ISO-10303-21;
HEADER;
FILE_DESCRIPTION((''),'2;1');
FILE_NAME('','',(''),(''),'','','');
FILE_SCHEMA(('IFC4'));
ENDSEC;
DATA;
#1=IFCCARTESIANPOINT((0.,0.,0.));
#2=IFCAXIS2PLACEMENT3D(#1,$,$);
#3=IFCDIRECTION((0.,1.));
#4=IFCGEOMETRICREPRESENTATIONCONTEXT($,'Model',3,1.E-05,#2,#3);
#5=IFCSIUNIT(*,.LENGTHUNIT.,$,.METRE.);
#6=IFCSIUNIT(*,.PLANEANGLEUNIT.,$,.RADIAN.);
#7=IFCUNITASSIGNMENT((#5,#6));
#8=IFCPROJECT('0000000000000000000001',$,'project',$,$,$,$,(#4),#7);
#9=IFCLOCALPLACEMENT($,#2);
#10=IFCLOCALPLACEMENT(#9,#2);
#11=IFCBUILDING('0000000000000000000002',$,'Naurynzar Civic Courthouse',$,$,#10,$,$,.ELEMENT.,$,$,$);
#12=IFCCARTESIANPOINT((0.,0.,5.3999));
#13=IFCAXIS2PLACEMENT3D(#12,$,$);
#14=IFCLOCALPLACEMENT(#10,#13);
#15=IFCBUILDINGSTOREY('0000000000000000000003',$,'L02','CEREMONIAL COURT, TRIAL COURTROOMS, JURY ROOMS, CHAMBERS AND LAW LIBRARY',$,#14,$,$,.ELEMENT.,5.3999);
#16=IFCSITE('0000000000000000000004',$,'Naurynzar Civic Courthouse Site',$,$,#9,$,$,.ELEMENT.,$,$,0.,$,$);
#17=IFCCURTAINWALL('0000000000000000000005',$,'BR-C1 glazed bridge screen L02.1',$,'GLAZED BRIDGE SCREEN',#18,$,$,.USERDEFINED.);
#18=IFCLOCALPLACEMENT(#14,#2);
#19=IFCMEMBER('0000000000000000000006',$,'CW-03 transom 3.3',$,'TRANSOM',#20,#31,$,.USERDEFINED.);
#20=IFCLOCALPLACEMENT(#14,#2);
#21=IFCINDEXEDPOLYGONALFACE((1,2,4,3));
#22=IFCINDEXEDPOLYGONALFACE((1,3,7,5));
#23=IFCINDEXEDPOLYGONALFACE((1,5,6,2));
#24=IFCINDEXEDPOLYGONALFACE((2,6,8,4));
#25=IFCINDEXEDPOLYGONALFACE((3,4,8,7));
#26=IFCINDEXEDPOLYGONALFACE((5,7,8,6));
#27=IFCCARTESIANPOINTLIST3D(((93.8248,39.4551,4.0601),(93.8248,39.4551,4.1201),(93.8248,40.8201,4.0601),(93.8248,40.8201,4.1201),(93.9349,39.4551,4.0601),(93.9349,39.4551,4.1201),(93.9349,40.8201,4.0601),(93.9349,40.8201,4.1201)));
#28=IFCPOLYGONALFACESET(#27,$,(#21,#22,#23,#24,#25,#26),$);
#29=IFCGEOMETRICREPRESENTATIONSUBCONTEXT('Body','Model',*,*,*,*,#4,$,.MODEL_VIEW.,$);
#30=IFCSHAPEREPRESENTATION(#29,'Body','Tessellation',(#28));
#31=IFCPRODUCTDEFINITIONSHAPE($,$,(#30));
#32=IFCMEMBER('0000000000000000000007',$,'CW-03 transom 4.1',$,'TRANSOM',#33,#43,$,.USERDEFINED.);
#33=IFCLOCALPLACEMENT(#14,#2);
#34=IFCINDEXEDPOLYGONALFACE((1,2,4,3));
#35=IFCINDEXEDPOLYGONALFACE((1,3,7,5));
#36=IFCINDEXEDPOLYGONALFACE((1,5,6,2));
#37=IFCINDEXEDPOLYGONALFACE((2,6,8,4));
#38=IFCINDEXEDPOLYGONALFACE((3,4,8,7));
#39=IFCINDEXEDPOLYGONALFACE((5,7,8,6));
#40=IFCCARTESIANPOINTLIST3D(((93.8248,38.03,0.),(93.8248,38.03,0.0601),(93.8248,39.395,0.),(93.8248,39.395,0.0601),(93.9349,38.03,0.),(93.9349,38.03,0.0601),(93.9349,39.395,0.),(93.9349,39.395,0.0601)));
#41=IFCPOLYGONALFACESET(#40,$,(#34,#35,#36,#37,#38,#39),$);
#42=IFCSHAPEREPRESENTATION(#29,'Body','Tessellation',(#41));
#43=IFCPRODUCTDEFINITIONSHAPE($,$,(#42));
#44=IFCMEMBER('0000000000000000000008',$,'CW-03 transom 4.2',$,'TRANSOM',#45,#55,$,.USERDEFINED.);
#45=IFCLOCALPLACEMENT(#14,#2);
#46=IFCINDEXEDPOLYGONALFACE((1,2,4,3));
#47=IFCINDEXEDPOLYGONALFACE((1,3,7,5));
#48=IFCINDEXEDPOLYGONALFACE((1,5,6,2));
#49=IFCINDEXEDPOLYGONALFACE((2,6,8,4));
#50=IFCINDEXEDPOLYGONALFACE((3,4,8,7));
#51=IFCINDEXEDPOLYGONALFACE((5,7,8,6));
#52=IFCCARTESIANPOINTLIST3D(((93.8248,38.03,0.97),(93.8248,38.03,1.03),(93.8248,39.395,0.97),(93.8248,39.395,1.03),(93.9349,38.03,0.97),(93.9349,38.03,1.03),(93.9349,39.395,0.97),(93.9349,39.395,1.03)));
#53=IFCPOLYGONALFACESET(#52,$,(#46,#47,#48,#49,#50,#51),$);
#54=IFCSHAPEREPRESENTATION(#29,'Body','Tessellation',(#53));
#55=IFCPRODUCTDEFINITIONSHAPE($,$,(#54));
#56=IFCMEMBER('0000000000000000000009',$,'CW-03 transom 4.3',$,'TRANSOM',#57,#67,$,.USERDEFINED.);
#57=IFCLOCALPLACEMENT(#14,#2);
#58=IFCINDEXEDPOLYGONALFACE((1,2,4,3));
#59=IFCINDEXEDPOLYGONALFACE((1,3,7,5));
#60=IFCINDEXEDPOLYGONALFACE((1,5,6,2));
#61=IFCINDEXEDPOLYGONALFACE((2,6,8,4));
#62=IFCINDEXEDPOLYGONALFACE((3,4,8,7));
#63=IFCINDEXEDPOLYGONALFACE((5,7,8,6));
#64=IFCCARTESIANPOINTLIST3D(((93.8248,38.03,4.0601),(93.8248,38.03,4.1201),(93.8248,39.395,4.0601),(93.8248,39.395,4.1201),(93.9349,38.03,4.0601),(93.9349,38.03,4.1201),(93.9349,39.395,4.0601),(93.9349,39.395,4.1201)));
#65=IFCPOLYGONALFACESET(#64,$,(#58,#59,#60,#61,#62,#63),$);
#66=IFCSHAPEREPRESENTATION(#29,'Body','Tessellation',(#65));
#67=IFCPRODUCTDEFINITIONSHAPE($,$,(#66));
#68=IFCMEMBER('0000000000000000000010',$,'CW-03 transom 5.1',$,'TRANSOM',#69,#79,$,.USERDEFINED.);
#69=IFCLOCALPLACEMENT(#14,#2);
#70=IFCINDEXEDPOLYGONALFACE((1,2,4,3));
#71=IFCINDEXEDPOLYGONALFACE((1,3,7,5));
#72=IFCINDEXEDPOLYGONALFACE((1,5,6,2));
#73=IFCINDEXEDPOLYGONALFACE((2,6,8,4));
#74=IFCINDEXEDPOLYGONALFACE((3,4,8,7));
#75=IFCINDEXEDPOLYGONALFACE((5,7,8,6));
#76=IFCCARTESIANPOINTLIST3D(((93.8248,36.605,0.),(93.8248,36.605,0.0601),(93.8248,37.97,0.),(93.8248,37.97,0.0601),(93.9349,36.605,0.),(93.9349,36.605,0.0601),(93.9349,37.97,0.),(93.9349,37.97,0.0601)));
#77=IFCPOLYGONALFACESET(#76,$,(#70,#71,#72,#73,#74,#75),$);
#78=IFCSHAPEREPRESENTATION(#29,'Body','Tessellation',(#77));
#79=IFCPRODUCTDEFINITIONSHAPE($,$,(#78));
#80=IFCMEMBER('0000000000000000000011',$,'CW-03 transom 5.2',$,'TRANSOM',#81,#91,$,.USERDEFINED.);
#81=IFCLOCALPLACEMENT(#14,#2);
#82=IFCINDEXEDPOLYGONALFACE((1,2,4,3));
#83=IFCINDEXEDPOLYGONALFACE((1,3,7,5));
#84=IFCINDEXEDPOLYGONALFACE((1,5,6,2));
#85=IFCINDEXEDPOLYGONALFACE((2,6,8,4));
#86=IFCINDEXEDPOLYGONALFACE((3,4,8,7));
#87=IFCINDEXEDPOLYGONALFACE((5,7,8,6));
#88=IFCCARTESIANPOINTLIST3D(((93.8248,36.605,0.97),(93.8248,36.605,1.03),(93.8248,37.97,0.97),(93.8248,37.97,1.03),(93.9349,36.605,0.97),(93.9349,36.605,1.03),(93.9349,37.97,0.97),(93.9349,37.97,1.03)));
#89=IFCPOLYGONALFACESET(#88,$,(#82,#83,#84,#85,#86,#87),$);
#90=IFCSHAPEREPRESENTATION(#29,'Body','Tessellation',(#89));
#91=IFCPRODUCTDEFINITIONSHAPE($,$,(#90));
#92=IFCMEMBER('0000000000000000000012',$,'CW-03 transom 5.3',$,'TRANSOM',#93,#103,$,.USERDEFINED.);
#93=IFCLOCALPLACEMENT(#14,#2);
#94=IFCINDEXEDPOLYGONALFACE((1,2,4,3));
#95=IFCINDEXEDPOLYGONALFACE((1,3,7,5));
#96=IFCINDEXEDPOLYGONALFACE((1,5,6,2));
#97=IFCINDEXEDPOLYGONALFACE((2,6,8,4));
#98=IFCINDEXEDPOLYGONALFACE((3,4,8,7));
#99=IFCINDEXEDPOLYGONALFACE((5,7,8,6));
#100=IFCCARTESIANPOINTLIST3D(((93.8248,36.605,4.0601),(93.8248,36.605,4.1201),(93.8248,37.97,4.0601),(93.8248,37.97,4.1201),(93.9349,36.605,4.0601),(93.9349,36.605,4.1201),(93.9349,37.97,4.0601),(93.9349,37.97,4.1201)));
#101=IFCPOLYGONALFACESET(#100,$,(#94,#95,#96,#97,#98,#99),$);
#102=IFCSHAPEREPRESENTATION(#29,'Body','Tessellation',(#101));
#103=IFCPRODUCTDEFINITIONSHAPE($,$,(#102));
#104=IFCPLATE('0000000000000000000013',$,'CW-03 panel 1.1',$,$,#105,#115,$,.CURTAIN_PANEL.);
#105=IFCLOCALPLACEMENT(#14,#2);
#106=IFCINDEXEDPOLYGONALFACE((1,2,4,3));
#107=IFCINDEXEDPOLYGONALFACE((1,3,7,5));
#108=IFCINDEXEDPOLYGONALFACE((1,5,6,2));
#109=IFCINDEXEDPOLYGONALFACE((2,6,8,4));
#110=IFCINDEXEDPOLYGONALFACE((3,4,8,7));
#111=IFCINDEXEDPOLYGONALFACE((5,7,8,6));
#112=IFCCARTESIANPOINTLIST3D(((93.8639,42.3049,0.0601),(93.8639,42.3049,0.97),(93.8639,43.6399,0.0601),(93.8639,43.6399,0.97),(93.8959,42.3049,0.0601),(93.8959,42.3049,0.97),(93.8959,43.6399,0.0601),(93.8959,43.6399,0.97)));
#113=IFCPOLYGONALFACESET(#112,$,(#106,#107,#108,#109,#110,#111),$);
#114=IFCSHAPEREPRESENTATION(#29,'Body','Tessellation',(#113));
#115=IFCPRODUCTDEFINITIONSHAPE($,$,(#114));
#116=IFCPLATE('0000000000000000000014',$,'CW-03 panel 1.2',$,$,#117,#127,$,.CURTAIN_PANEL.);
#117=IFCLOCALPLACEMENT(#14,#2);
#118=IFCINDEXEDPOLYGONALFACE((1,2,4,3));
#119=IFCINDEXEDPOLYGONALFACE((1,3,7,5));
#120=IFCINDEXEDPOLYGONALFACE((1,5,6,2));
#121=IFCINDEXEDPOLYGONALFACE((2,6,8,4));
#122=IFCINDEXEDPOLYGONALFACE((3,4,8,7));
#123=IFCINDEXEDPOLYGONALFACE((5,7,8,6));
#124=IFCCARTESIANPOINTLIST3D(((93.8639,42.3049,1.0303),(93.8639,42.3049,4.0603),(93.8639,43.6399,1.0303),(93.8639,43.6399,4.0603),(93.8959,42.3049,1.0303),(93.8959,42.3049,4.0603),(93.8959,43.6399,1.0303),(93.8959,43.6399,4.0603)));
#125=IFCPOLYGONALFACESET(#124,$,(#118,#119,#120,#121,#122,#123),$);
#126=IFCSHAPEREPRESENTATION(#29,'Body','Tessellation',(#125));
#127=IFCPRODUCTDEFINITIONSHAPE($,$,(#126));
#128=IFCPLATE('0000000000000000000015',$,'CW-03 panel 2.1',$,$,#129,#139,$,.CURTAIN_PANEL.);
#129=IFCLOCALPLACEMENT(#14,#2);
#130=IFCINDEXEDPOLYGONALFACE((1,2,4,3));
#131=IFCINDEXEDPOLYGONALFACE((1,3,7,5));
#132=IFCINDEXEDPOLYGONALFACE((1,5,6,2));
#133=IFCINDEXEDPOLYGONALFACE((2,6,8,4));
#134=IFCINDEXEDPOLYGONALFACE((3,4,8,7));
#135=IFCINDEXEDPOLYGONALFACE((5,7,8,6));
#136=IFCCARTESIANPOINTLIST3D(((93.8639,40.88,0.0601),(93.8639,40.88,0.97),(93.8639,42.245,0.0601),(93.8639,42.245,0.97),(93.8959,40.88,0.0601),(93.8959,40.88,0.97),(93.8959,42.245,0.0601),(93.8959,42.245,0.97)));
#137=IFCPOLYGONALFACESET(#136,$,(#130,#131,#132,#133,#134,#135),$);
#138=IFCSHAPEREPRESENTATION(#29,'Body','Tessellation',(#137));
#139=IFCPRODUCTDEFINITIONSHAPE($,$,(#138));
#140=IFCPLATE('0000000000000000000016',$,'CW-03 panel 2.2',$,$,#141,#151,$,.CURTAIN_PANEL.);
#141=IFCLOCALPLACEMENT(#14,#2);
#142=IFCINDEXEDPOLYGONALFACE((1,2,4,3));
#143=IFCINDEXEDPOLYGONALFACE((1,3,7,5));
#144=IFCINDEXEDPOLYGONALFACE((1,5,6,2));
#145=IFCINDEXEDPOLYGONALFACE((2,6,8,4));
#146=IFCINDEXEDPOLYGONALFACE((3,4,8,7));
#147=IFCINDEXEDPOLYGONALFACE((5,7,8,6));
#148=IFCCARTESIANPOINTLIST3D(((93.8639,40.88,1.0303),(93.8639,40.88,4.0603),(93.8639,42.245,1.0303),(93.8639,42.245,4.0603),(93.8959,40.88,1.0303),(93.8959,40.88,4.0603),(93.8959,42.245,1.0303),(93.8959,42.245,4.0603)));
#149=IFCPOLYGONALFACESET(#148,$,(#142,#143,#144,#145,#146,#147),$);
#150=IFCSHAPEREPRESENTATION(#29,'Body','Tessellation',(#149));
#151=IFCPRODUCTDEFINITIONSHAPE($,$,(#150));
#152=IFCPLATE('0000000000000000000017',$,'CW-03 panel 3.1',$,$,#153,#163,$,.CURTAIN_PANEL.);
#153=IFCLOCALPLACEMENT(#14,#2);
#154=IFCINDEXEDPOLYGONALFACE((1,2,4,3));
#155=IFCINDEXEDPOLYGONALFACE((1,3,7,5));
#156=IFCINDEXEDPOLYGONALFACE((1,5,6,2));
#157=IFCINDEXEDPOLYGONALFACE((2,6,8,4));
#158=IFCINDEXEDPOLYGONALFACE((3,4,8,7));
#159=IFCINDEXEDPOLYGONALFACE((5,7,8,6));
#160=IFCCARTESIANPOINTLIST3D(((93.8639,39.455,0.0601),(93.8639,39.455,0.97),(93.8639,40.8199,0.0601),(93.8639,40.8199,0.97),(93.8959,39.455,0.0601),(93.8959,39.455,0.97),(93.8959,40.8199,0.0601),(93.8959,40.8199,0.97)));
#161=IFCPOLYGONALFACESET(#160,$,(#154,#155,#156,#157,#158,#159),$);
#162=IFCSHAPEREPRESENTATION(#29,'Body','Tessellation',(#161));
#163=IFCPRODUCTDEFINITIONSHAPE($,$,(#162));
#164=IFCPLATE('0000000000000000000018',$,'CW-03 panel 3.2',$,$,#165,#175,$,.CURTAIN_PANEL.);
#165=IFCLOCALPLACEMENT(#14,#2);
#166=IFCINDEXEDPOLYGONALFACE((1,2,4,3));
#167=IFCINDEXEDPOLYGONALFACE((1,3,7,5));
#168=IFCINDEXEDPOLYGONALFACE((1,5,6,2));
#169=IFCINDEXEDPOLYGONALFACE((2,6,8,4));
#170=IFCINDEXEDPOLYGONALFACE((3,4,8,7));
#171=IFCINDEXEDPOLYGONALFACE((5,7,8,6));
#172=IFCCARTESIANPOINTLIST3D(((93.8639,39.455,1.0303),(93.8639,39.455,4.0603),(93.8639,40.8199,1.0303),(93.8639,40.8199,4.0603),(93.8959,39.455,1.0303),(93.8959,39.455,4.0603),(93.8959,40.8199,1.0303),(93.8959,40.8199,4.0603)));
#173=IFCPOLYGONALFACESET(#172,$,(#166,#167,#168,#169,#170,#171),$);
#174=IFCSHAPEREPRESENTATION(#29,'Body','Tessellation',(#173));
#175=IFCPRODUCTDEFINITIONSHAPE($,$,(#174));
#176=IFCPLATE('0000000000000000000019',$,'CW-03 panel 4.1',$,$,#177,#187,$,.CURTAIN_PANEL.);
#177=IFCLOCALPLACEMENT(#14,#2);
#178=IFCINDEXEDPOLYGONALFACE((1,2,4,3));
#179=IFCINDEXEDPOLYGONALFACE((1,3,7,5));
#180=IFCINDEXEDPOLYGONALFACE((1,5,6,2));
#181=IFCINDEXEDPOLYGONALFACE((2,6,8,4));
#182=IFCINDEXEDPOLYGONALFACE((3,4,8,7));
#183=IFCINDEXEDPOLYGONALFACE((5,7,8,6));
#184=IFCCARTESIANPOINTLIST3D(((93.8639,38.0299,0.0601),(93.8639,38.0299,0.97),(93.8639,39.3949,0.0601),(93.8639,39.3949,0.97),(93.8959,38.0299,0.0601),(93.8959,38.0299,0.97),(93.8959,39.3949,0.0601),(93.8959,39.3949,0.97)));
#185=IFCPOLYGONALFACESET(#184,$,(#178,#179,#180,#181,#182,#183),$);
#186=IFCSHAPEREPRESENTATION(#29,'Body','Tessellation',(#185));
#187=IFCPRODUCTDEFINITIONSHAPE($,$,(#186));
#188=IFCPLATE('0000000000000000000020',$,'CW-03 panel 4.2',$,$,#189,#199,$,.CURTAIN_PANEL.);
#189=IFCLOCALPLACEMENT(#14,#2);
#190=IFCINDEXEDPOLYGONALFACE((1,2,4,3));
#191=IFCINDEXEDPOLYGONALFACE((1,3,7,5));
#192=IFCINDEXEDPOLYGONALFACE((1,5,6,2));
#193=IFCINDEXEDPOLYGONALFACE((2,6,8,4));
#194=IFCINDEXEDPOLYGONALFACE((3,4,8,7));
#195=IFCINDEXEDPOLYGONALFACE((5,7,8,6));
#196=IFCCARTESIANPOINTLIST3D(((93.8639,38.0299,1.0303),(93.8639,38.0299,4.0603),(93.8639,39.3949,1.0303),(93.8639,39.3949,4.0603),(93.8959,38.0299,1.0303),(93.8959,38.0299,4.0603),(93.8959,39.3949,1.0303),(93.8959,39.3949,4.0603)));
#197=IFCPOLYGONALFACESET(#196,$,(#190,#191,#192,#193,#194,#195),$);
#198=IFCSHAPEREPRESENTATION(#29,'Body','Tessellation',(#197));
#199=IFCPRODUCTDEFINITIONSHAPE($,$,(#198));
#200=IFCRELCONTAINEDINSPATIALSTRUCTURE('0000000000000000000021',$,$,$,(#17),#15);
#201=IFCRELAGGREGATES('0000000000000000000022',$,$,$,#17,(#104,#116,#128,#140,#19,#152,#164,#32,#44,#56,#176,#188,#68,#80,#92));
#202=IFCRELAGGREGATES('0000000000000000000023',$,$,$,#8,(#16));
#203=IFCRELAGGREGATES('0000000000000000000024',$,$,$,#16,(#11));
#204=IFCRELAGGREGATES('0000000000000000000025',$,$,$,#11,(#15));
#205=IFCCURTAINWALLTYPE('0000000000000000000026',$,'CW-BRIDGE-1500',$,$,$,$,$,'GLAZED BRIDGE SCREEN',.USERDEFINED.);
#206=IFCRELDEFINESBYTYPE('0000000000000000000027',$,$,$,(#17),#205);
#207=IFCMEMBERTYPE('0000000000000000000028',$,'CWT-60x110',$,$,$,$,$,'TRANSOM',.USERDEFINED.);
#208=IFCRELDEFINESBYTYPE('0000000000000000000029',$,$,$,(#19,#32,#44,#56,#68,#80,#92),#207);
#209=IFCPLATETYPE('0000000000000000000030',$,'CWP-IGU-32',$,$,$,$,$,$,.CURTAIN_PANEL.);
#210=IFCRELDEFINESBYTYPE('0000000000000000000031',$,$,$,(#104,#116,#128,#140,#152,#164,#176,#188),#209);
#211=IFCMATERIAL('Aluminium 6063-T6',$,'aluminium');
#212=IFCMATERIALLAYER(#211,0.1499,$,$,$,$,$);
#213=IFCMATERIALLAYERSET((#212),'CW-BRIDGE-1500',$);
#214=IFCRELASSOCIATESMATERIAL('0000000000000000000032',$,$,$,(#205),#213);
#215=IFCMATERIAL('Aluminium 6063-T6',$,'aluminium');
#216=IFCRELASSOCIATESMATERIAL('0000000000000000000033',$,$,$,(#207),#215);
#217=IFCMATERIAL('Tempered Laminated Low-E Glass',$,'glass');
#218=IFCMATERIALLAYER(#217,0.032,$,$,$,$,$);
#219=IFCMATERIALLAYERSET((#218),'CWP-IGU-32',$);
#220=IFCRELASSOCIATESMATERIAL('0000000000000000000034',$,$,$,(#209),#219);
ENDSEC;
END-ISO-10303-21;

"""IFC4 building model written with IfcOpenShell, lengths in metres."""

from ifc_helpers import new_model, si_unit, direction, frame, origin, origin_2d, place, context, subcontext, project, spatial, rectangle, extrude, material, layer, layer_set, material_profile, profile_set, type_object, element, aggregate, save


model = new_model("IFC4")

# Units and contexts
model_context = context("Model", 3, precision=1e-05, world=origin(), true_north=direction((0.0, 1.0)))
body_context = subcontext(model_context, "Body", "Model", "MODEL_VIEW")
ifc_project = project(units=[si_unit("LENGTHUNIT", "METRE"), si_unit("PLANEANGLEUNIT", "RADIAN")], contexts=[model_context])

# Site, building, storey
site_placement = place(None, origin())
site = spatial("IfcSite", under=ifc_project, at=site_placement, Name="Naurynzar Civic Courthouse Site", CompositionType="ELEMENT", RefElevation=0.0)
building_placement = place(site_placement, origin())
building = spatial("IfcBuilding", under=site, at=building_placement, Name="Naurynzar Civic Courthouse", CompositionType="ELEMENT")
storey_placement = place(building_placement, frame((0.0, 0.0, 5.3999)))
storey = spatial("IfcBuildingStorey", under=building, at=storey_placement, Name="L02", Description="CEREMONIAL COURT, TRIAL COURTROOMS, JURY ROOMS, CHAMBERS AND LAW LIBRARY", CompositionType="ELEMENT", Elevation=5.3999)

# Curtain wall, members, plates
ifc_material_1 = material(Name="Aluminium 6063-T6", Category="aluminium")
ifc_layer_1 = layer(ifc_material_1, 0.1499)
ifc_layer_set_1 = layer_set([ifc_layer_1], Name="CW-BRIDGE-1500")
curtain_wall_type = type_object("IfcCurtainWallType", Name="CW-BRIDGE-1500", ElementType="GLAZED BRIDGE SCREEN", PredefinedType="USERDEFINED", material=ifc_layer_set_1)
curtain_wall_placement = place(storey_placement, origin())
curtain_wall = element("IfcCurtainWall", 1, at=curtain_wall_placement, inside=storey, type_object=curtain_wall_type, Name="BR-C1 glazed bridge screen L02.1", ObjectType="GLAZED BRIDGE SCREEN", PredefinedType="USERDEFINED")
ifc_material_2 = material(Name="Aluminium 6063-T6", Category="aluminium")
ifc_material_profile_1 = material_profile(ifc_material_2, rectangle(XDim=0.1101, YDim=0.0601, at=origin_2d()), Name="ALU TRANSOM 60x110")
ifc_profile_set_1 = profile_set([ifc_material_profile_1], Name="Aluminium 6063-T6")
member_type_1 = type_object("IfcMemberType", Name="CWT-60x110", ElementType="TRANSOM", PredefinedType="USERDEFINED", material=ifc_profile_set_1)
member_1_placement = place(storey_placement, frame((93.8799, 40.8201, 4.0901), z_axis=(0.0, -1.0, 0.0), x_axis=(1.0, 0.0, 0.0)))
member_1 = element("IfcMember", 2, at=member_1_placement, type_object=member_type_1, Name="CW-03 transom 3.3", ObjectType="TRANSOM", PredefinedType="USERDEFINED", context=body_context, shape_type="SweptSolid", body=[
    extrude(rectangle(XDim=0.1101, YDim=0.0601, at=origin_2d()), origin(), (0.0, 0.0, 1.0), 1.365),
])
member_2_placement = place(storey_placement, frame((93.8799, 39.395, 0.03), z_axis=(0.0, -1.0, 0.0), x_axis=(1.0, 0.0, 0.0)))
member_2 = element("IfcMember", 3, at=member_2_placement, type_object=member_type_1, Name="CW-03 transom 4.1", ObjectType="TRANSOM", PredefinedType="USERDEFINED", context=body_context, shape_type="SweptSolid", body=[
    extrude(rectangle(XDim=0.1101, YDim=0.0601, at=origin_2d()), origin(), (0.0, 0.0, 1.0), 1.365),
])
member_3_placement = place(storey_placement, frame((93.8799, 39.395, 1.0), z_axis=(0.0, -1.0, 0.0), x_axis=(1.0, 0.0, 0.0)))
member_3 = element("IfcMember", 4, at=member_3_placement, type_object=member_type_1, Name="CW-03 transom 4.2", ObjectType="TRANSOM", PredefinedType="USERDEFINED", context=body_context, shape_type="SweptSolid", body=[
    extrude(rectangle(XDim=0.1101, YDim=0.0601, at=origin_2d()), origin(), (0.0, 0.0, 1.0), 1.365),
])
member_4_placement = place(storey_placement, frame((93.8799, 39.395, 4.0901), z_axis=(0.0, -1.0, 0.0), x_axis=(1.0, 0.0, 0.0)))
member_4 = element("IfcMember", 5, at=member_4_placement, type_object=member_type_1, Name="CW-03 transom 4.3", ObjectType="TRANSOM", PredefinedType="USERDEFINED", context=body_context, shape_type="SweptSolid", body=[
    extrude(rectangle(XDim=0.1101, YDim=0.0601, at=origin_2d()), origin(), (0.0, 0.0, 1.0), 1.365),
])
member_5_placement = place(storey_placement, frame((93.8799, 37.97, 0.03), z_axis=(0.0, -1.0, 0.0), x_axis=(1.0, 0.0, 0.0)))
member_5 = element("IfcMember", 6, at=member_5_placement, type_object=member_type_1, Name="CW-03 transom 5.1", ObjectType="TRANSOM", PredefinedType="USERDEFINED", context=body_context, shape_type="SweptSolid", body=[
    extrude(rectangle(XDim=0.1101, YDim=0.0601, at=origin_2d()), origin(), (0.0, 0.0, 1.0), 1.365),
])
member_6_placement = place(storey_placement, frame((93.8799, 37.97, 1.0), z_axis=(0.0, -1.0, 0.0), x_axis=(1.0, 0.0, 0.0)))
member_6 = element("IfcMember", 7, at=member_6_placement, type_object=member_type_1, Name="CW-03 transom 5.2", ObjectType="TRANSOM", PredefinedType="USERDEFINED", context=body_context, shape_type="SweptSolid", body=[
    extrude(rectangle(XDim=0.1101, YDim=0.0601, at=origin_2d()), origin(), (0.0, 0.0, 1.0), 1.365),
])
member_7_placement = place(storey_placement, frame((93.8799, 37.97, 4.0901), z_axis=(0.0, -1.0, 0.0), x_axis=(1.0, 0.0, 0.0)))
member_7 = element("IfcMember", 8, at=member_7_placement, type_object=member_type_1, Name="CW-03 transom 5.3", ObjectType="TRANSOM", PredefinedType="USERDEFINED", context=body_context, shape_type="SweptSolid", body=[
    extrude(rectangle(XDim=0.1101, YDim=0.0601, at=origin_2d()), origin(), (0.0, 0.0, 1.0), 1.365),
])
ifc_material_3 = material(Name="Tempered Laminated Low-E Glass", Category="glass")
ifc_layer_2 = layer(ifc_material_3, 0.032)
ifc_layer_set_2 = layer_set([ifc_layer_2], Name="CWP-IGU-32")
plate_type = type_object("IfcPlateType", Name="CWP-IGU-32", PredefinedType="CURTAIN_PANEL", material=ifc_layer_set_2)
plate_1_placement = place(storey_placement, frame((93.8799, 42.9724, 0.0601), z_axis=(0.0, 0.0, 1.0), x_axis=(0.0, -1.0, 0.0)))
plate_1 = element("IfcPlate", 9, at=plate_1_placement, type_object=plate_type, Name="CW-03 panel 1.1", PredefinedType="CURTAIN_PANEL", context=body_context, shape_type="SweptSolid", body=[
    extrude(rectangle(XDim=1.335, YDim=0.032, at=origin_2d()), origin(), (0.0, 0.0, 1.0), 0.9099),
])
plate_2_placement = place(storey_placement, frame((93.8799, 42.9724, 1.0303), z_axis=(0.0, 0.0, 1.0), x_axis=(0.0, -1.0, 0.0)))
plate_2 = element("IfcPlate", 10, at=plate_2_placement, type_object=plate_type, Name="CW-03 panel 1.2", PredefinedType="CURTAIN_PANEL", context=body_context, shape_type="SweptSolid", body=[
    extrude(rectangle(XDim=1.335, YDim=0.032, at=origin_2d()), origin(), (0.0, 0.0, 1.0), 3.03),
])
plate_3_placement = place(storey_placement, frame((93.8799, 41.5625, 0.0601), z_axis=(0.0, 0.0, 1.0), x_axis=(0.0, -1.0, 0.0)))
plate_3 = element("IfcPlate", 11, at=plate_3_placement, type_object=plate_type, Name="CW-03 panel 2.1", PredefinedType="CURTAIN_PANEL", context=body_context, shape_type="SweptSolid", body=[
    extrude(rectangle(XDim=1.365, YDim=0.032, at=origin_2d()), origin(), (0.0, 0.0, 1.0), 0.9099),
])
plate_4_placement = place(storey_placement, frame((93.8799, 41.5625, 1.0303), z_axis=(0.0, 0.0, 1.0), x_axis=(0.0, -1.0, 0.0)))
plate_4 = element("IfcPlate", 12, at=plate_4_placement, type_object=plate_type, Name="CW-03 panel 2.2", PredefinedType="CURTAIN_PANEL", context=body_context, shape_type="SweptSolid", body=[
    extrude(rectangle(XDim=1.365, YDim=0.032, at=origin_2d()), origin(), (0.0, 0.0, 1.0), 3.03),
])
plate_5_placement = place(storey_placement, frame((93.8799, 40.1375, 0.0601), z_axis=(0.0, 0.0, 1.0), x_axis=(0.0, -1.0, 0.0)))
plate_5 = element("IfcPlate", 13, at=plate_5_placement, type_object=plate_type, Name="CW-03 panel 3.1", PredefinedType="CURTAIN_PANEL", context=body_context, shape_type="SweptSolid", body=[
    extrude(rectangle(XDim=1.365, YDim=0.032, at=origin_2d()), origin(), (0.0, 0.0, 1.0), 0.9099),
])
plate_6_placement = place(storey_placement, frame((93.8799, 40.1375, 1.0303), z_axis=(0.0, 0.0, 1.0), x_axis=(0.0, -1.0, 0.0)))
plate_6 = element("IfcPlate", 14, at=plate_6_placement, type_object=plate_type, Name="CW-03 panel 3.2", PredefinedType="CURTAIN_PANEL", context=body_context, shape_type="SweptSolid", body=[
    extrude(rectangle(XDim=1.365, YDim=0.032, at=origin_2d()), origin(), (0.0, 0.0, 1.0), 3.03),
])
plate_7_placement = place(storey_placement, frame((93.8799, 38.7124, 0.0601), z_axis=(0.0, 0.0, 1.0), x_axis=(0.0, -1.0, 0.0)))
plate_7 = element("IfcPlate", 15, at=plate_7_placement, type_object=plate_type, Name="CW-03 panel 4.1", PredefinedType="CURTAIN_PANEL", context=body_context, shape_type="SweptSolid", body=[
    extrude(rectangle(XDim=1.365, YDim=0.032, at=origin_2d()), origin(), (0.0, 0.0, 1.0), 0.9099),
])
plate_8_placement = place(storey_placement, frame((93.8799, 38.7124, 1.0303), z_axis=(0.0, 0.0, 1.0), x_axis=(0.0, -1.0, 0.0)))
plate_8 = element("IfcPlate", 16, at=plate_8_placement, type_object=plate_type, Name="CW-03 panel 4.2", PredefinedType="CURTAIN_PANEL", context=body_context, shape_type="SweptSolid", body=[
    extrude(rectangle(XDim=1.365, YDim=0.032, at=origin_2d()), origin(), (0.0, 0.0, 1.0), 3.03),
])
aggregate(curtain_wall, [plate_1, plate_2, plate_3, plate_4, member_1, plate_5, plate_6, member_2, member_3, member_4, plate_7, plate_8, member_5, member_6, member_7])

save(model, "model.ifc")
